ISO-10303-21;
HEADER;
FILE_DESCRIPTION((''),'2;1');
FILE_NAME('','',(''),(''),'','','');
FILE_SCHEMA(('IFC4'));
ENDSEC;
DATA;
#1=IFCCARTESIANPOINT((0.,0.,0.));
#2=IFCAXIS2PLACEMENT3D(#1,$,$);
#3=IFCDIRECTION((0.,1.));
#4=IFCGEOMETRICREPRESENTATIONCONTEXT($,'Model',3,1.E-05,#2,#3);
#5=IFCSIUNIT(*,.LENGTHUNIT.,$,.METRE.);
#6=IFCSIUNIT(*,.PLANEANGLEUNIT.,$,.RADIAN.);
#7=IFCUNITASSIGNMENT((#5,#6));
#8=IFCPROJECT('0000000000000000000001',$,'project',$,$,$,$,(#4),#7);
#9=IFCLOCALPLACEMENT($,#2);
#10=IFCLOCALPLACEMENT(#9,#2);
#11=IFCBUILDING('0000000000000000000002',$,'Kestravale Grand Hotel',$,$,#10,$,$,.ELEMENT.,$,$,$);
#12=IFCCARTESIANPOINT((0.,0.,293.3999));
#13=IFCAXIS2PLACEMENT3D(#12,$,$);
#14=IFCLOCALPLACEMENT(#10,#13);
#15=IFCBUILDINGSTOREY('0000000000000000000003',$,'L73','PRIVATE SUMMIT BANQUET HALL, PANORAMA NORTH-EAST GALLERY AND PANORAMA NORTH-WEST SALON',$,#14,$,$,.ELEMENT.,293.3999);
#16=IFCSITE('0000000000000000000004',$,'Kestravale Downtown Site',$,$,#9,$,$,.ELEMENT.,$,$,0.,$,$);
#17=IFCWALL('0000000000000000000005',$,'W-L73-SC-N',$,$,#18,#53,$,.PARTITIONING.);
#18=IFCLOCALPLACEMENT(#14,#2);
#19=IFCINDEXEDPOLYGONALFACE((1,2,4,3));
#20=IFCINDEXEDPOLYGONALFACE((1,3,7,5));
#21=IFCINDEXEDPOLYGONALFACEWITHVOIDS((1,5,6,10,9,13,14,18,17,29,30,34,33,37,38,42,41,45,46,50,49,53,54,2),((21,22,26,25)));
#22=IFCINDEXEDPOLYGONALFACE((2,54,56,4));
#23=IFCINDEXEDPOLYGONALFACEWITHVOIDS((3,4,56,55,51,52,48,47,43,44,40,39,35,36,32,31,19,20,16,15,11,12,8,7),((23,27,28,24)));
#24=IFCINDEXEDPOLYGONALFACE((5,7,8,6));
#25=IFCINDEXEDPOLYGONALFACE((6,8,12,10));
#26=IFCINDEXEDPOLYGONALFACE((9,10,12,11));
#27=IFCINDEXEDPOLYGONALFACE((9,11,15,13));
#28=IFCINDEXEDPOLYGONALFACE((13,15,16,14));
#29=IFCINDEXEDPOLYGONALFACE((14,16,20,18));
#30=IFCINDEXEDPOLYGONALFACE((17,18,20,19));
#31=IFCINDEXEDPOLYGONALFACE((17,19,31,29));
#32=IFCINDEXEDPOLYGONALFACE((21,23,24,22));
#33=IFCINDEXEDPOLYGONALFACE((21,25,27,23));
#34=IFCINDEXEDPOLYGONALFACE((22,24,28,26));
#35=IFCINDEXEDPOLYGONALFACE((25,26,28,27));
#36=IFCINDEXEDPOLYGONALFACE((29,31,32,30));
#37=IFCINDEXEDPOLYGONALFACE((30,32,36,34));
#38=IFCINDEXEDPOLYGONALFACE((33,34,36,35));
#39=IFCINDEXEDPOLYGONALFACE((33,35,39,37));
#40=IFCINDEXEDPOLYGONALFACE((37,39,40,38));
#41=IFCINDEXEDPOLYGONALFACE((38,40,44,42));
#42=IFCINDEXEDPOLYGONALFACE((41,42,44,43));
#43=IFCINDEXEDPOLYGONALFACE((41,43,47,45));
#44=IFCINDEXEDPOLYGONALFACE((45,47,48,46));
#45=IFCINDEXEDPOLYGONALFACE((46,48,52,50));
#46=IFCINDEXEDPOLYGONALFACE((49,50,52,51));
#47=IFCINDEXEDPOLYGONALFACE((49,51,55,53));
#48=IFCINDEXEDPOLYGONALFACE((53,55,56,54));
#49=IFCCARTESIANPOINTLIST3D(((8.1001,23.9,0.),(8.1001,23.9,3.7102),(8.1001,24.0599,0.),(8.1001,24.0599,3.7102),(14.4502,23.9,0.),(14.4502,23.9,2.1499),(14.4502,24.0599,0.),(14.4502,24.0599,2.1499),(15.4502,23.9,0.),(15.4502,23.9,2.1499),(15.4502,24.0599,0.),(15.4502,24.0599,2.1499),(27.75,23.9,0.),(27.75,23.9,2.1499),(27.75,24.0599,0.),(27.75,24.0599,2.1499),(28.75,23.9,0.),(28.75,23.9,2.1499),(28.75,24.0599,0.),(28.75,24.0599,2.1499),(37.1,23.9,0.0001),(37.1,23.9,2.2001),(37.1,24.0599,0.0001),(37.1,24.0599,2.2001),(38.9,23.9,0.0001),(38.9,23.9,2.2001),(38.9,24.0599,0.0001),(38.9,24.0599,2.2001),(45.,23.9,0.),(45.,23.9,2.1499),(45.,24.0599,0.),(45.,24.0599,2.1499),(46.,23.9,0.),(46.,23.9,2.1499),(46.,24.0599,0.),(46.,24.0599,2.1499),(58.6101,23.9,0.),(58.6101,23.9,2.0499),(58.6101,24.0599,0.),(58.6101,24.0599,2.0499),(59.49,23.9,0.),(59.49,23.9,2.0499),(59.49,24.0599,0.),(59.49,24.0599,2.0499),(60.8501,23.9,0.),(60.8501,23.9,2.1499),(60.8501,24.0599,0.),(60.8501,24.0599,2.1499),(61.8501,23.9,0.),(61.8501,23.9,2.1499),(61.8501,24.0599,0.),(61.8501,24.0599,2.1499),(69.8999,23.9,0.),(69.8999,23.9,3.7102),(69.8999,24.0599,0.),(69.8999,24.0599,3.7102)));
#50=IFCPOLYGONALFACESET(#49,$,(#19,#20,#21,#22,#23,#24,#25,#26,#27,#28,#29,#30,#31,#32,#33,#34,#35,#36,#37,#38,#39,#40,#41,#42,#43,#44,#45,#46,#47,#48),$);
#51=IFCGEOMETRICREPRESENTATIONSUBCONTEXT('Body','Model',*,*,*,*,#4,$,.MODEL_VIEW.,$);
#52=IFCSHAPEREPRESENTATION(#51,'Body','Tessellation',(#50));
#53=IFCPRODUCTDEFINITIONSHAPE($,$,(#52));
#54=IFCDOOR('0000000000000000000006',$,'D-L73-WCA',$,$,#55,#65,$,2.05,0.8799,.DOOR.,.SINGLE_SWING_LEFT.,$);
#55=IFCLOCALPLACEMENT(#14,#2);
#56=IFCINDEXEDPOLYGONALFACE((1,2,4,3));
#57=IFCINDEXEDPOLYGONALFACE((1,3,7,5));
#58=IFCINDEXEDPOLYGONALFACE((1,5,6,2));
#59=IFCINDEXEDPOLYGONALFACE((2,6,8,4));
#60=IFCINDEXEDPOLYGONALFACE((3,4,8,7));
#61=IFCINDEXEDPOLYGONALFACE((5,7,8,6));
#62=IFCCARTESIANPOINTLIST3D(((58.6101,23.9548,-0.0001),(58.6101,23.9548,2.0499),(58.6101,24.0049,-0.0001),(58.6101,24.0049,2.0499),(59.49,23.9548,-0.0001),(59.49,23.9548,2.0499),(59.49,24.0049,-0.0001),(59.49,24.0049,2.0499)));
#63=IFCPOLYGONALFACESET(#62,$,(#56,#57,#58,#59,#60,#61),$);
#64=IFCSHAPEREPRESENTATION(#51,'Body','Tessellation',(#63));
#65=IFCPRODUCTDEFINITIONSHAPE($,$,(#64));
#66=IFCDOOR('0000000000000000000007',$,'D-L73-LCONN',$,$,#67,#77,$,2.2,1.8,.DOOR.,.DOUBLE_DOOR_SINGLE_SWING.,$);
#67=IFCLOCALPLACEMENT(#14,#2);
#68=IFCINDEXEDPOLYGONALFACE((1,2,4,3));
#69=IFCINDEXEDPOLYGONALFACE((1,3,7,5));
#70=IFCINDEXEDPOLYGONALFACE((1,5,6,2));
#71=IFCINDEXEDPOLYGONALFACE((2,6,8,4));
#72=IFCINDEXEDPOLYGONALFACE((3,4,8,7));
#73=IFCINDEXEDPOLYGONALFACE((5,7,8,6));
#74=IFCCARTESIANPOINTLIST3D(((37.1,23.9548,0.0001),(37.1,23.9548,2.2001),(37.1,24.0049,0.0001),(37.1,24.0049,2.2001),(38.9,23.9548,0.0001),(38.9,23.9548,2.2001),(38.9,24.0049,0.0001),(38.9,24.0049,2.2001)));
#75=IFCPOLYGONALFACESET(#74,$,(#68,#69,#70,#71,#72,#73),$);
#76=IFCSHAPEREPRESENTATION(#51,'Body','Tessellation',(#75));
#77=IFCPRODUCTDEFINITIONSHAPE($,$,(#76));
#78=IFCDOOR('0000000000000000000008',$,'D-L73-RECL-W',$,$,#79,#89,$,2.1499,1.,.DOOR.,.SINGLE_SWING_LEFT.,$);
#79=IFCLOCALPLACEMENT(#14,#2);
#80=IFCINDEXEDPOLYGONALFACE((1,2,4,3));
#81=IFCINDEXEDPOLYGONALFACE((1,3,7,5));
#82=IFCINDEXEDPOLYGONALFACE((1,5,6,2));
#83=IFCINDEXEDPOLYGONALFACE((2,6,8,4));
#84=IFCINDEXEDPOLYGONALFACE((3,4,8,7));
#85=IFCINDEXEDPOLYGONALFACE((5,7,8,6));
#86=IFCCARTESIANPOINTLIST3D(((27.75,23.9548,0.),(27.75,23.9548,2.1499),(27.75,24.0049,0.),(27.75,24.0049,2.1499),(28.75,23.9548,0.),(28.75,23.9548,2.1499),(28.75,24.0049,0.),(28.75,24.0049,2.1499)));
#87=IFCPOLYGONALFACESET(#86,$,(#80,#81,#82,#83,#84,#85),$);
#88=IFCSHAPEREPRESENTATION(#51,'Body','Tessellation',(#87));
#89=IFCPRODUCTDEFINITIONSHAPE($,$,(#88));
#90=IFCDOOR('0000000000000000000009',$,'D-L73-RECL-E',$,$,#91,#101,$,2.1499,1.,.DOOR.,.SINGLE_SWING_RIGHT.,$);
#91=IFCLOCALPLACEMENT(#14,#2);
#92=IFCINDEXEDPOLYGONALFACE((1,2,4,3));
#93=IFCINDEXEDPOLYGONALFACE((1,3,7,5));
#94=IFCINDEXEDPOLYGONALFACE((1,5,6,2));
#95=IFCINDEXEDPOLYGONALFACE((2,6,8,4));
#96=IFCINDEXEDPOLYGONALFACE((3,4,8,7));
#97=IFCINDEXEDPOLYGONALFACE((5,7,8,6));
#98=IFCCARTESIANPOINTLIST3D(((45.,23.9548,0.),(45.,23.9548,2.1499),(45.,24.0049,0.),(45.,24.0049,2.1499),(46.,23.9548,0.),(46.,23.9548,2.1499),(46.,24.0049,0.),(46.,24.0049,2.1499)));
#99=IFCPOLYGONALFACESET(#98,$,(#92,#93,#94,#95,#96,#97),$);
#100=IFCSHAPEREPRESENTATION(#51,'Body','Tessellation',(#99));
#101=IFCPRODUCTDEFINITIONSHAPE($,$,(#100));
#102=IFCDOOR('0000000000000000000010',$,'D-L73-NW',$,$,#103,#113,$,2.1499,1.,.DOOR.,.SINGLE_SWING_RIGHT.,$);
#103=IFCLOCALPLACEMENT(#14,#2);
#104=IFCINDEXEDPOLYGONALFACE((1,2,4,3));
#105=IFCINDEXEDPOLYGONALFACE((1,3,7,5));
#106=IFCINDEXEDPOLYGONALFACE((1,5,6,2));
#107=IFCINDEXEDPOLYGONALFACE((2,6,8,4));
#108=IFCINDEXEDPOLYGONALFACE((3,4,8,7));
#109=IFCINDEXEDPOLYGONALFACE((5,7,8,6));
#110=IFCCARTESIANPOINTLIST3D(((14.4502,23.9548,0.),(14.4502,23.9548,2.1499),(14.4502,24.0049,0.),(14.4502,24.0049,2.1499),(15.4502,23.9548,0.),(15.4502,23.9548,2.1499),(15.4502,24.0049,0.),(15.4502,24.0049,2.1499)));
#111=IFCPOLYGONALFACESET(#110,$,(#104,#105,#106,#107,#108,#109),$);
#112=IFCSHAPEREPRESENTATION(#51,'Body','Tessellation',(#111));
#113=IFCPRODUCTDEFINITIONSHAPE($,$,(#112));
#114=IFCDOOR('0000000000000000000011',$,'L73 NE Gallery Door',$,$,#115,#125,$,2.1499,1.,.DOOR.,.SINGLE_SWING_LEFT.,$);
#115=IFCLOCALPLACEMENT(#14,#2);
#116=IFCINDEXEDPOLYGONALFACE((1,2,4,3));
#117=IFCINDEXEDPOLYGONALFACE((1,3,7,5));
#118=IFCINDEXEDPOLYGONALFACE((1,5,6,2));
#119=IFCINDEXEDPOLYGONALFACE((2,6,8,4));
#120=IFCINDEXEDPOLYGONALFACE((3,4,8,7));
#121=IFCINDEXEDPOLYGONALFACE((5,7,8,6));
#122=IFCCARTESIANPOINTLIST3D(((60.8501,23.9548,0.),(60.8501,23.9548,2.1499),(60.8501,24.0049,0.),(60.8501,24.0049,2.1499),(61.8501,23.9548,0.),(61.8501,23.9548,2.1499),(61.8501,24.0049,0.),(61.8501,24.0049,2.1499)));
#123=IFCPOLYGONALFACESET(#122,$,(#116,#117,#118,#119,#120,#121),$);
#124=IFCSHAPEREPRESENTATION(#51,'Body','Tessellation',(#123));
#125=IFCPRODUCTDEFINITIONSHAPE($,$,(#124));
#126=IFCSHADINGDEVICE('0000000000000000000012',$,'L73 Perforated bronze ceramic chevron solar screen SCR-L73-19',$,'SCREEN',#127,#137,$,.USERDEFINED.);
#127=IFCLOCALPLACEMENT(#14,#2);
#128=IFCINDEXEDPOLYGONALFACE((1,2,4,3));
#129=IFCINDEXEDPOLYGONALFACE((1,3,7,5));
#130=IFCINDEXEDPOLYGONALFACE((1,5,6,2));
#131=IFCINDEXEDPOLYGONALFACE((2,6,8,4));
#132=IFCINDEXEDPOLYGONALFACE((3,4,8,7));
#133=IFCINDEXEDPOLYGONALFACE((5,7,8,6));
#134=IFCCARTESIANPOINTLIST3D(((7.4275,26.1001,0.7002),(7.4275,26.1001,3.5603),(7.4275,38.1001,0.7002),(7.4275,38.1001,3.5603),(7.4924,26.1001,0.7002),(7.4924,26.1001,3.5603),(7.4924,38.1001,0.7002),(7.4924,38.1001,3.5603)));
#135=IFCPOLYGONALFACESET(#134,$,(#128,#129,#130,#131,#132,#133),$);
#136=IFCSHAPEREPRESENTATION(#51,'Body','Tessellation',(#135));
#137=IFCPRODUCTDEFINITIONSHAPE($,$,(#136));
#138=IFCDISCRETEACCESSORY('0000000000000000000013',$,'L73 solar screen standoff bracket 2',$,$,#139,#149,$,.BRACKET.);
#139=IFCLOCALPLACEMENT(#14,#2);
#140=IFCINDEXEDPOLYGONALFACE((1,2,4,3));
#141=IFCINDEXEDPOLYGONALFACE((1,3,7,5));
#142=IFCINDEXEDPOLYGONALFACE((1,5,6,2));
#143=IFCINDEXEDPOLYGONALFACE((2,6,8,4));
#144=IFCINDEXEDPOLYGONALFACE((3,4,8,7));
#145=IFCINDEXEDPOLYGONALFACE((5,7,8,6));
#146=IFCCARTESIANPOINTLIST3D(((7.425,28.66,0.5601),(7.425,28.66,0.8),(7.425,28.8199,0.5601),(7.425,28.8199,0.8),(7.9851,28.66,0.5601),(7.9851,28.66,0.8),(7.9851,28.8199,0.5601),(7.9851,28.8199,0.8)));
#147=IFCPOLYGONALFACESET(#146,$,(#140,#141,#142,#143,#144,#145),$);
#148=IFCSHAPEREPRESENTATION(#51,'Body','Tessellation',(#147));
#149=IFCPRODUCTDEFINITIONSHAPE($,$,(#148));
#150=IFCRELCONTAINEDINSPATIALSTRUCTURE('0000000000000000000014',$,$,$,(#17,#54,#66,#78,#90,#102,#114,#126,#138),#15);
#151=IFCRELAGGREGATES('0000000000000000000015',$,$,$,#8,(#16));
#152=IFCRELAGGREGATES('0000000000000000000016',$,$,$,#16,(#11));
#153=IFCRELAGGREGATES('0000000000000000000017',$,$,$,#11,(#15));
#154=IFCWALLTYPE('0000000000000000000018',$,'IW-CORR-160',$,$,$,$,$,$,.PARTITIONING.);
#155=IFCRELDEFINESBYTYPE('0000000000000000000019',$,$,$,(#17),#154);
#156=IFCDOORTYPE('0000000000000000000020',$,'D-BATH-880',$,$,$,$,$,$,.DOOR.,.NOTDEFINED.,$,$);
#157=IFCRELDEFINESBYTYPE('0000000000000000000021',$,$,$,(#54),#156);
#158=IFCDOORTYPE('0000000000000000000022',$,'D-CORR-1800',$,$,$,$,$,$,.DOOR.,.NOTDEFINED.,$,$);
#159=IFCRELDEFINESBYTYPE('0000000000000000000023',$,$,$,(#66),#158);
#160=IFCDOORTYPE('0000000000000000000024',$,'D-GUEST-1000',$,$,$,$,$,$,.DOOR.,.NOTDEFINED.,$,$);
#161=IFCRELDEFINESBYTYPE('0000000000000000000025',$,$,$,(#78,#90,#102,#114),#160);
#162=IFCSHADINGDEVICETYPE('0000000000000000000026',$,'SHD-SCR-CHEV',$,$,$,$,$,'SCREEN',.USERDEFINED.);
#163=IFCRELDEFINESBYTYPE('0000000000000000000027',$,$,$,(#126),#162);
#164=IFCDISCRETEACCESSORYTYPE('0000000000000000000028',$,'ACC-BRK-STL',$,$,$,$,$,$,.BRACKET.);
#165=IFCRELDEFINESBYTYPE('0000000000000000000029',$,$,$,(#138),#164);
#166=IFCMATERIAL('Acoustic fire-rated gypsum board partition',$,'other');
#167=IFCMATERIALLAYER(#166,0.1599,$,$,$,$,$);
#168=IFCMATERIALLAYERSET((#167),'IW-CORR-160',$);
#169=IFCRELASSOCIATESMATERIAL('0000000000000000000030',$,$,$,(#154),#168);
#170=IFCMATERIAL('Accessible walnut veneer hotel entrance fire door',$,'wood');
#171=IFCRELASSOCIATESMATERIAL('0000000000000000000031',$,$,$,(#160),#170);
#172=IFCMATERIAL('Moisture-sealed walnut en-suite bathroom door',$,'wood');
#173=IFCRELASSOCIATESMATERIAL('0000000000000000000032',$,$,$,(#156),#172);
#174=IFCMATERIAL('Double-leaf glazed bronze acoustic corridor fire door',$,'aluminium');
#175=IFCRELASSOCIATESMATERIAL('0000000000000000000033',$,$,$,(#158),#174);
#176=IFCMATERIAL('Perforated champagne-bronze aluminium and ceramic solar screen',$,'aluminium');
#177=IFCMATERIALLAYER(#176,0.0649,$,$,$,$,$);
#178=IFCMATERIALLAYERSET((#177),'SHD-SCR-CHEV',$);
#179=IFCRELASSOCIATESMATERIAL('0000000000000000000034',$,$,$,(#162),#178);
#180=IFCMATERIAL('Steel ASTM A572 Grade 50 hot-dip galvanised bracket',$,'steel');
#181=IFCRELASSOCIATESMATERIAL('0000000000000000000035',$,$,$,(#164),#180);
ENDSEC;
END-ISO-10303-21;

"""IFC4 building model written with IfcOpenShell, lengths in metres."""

from ifc_helpers import new_model, si_unit, direction, frame, frame_2d, origin, origin_2d, place, context, subcontext, project, spatial, rectangle, extrude, material, layer, layer_set, type_object, element, fill, save


model = new_model("IFC4")

# Units and contexts
model_context = context("Model", 3, precision=1e-05, world=origin(), true_north=direction((0.0, 1.0)))
body_context = subcontext(model_context, "Body", "Model", "MODEL_VIEW")
ifc_project = project(units=[si_unit("LENGTHUNIT", "METRE"), si_unit("PLANEANGLEUNIT", "RADIAN")], contexts=[model_context])

# Site, building, storey
site_placement = place(None, origin())
site = spatial("IfcSite", under=ifc_project, at=site_placement, Name="Kestravale Downtown Site", CompositionType="ELEMENT", RefElevation=0.0)
building_placement = place(site_placement, origin())
building = spatial("IfcBuilding", under=site, at=building_placement, Name="Kestravale Grand Hotel", CompositionType="ELEMENT")
storey_placement = place(building_placement, frame((0.0, 0.0, 293.3999)))
storey = spatial("IfcBuildingStorey", under=building, at=storey_placement, Name="L73", Description="PRIVATE SUMMIT BANQUET HALL, PANORAMA NORTH-EAST GALLERY AND PANORAMA NORTH-WEST SALON", CompositionType="ELEMENT", Elevation=293.3999)

# Wall, openings, doors
ifc_material_1 = material(Name="Acoustic fire-rated gypsum board partition", Category="other")
ifc_layer_1 = layer(ifc_material_1, 0.1599)
ifc_layer_set_1 = layer_set([ifc_layer_1], Name="IW-CORR-160")
wall_type_1 = type_object("IfcWallType", Name="IW-CORR-160", PredefinedType="PARTITIONING", material=ifc_layer_set_1)
ifc_material_2 = material(Name="Accessible walnut veneer hotel entrance fire door", Category="wood")
door_type_1 = type_object("IfcDoorType", Name="D-GUEST-1000", OperationType="NOTDEFINED", PredefinedType="DOOR", material=ifc_material_2)
wall_1_placement = place(storey_placement, frame((8.1001, 23.98, 0.0), z_axis=(0.0, 0.0, 1.0), x_axis=(1.0, 0.0, 0.0)))
wall_1 = element("IfcWall", 1, at=wall_1_placement, inside=storey, type_object=wall_type_1, Name="W-L73-SC-N", PredefinedType="PARTITIONING", context=body_context, shape_type="SweptSolid", body=[
    extrude(rectangle(XDim=61.7998, YDim=0.1599, at=frame_2d((30.8999, 0.0))), origin(), (0.0, 0.0, 1.0), 3.7102),
])
opening_1_placement = place(wall_1_placement, frame((29.0, 0.0, 0.0)))
opening_1 = element("IfcOpeningElement", 2, at=opening_1_placement, cuts=wall_1, PredefinedType="OPENING", context=body_context, shape_type="SweptSolid", body=[
    extrude(rectangle(XDim=1.8, YDim=2.2, at=frame_2d((0.8999, 1.1001))), frame((0.0, 0.0898, 0.0), z_axis=(0.0, -1.0, 0.0), x_axis=(1.0, 0.0, 0.0)), (0.0, 0.0, 1.0), 0.1799),
])
opening_2_placement = place(wall_1_placement, frame((19.6499, 0.0, 0.0)))
opening_2 = element("IfcOpeningElement", 3, at=opening_2_placement, cuts=wall_1, PredefinedType="OPENING", context=body_context, shape_type="SweptSolid", body=[
    extrude(rectangle(XDim=1.0, YDim=2.1499, at=frame_2d((0.5, 1.075))), frame((0.0, 0.0898, 0.0), z_axis=(0.0, -1.0, 0.0), x_axis=(1.0, 0.0, 0.0)), (0.0, 0.0, 1.0), 0.1799),
])
opening_3_placement = place(wall_1_placement, frame((36.8999, 0.0, 0.0)))
opening_3 = element("IfcOpeningElement", 4, at=opening_3_placement, cuts=wall_1, PredefinedType="OPENING", context=body_context, shape_type="SweptSolid", body=[
    extrude(rectangle(XDim=1.0, YDim=2.1499, at=frame_2d((0.5, 1.075))), frame((0.0, 0.0898, 0.0), z_axis=(0.0, -1.0, 0.0), x_axis=(1.0, 0.0, 0.0)), (0.0, 0.0, 1.0), 0.1799),
])
opening_4_placement = place(wall_1_placement, frame((6.3501, 0.0, 0.0)))
opening_4 = element("IfcOpeningElement", 5, at=opening_4_placement, cuts=wall_1, PredefinedType="OPENING", context=body_context, shape_type="SweptSolid", body=[
    extrude(rectangle(XDim=1.0, YDim=2.1499, at=frame_2d((0.5, 1.075))), frame((0.0, 0.0898, 0.0), z_axis=(0.0, -1.0, 0.0), x_axis=(1.0, 0.0, 0.0)), (0.0, 0.0, 1.0), 0.1799),
])
opening_5_placement = place(wall_1_placement, frame((50.51, 0.0, 0.0)))
opening_5 = element("IfcOpeningElement", 6, at=opening_5_placement, cuts=wall_1, PredefinedType="OPENING", context=body_context, shape_type="SweptSolid", body=[
    extrude(rectangle(XDim=0.8799, YDim=2.05, at=frame_2d((0.4399, 1.0249))), frame((0.0, 0.0898, 0.0), z_axis=(0.0, -1.0, 0.0), x_axis=(1.0, 0.0, 0.0)), (0.0, 0.0, 1.0), 0.1799),
])
opening_6_placement = place(wall_1_placement, frame((52.75, 0.0, 0.0)))
opening_6 = element("IfcOpeningElement", 7, at=opening_6_placement, cuts=wall_1, PredefinedType="OPENING", context=body_context, shape_type="SweptSolid", body=[
    extrude(rectangle(XDim=1.0, YDim=2.1499, at=frame_2d((0.5, 1.075))), frame((0.0, 0.0898, 0.0), z_axis=(0.0, -1.0, 0.0), x_axis=(1.0, 0.0, 0.0)), (0.0, 0.0, 1.0), 0.1799),
])
ifc_material_3 = material(Name="Moisture-sealed walnut en-suite bathroom door", Category="wood")
door_type_2 = type_object("IfcDoorType", Name="D-BATH-880", OperationType="NOTDEFINED", PredefinedType="DOOR", material=ifc_material_3)
door_1_placement = place(opening_5_placement, origin())
door_1 = element("IfcDoor", 8, at=door_1_placement, inside=storey, type_object=door_type_2, Name="D-L73-WCA", OperationType="SINGLE_SWING_LEFT", OverallHeight=2.05, OverallWidth=0.8799, PredefinedType="DOOR", context=body_context, shape_type="SweptSolid", body=[
    extrude(rectangle(XDim=0.8799, YDim=2.05, at=frame_2d((0.4399, 1.0249))), frame((0.0, 0.0249, 0.0), z_axis=(0.0, -1.0, 0.0), x_axis=(1.0, 0.0, 0.0)), (0.0, 0.0, 1.0), 0.05),
])
fill(opening_5, door_1)
ifc_material_4 = material(Name="Double-leaf glazed bronze acoustic corridor fire door", Category="aluminium")
door_type_3 = type_object("IfcDoorType", Name="D-CORR-1800", OperationType="NOTDEFINED", PredefinedType="DOOR", material=ifc_material_4)
door_2_placement = place(opening_1_placement, origin())
door_2 = element("IfcDoor", 9, at=door_2_placement, inside=storey, type_object=door_type_3, Name="D-L73-LCONN", OperationType="DOUBLE_DOOR_SINGLE_SWING", OverallHeight=2.2, OverallWidth=1.8, PredefinedType="DOOR", context=body_context, shape_type="SweptSolid", body=[
    extrude(rectangle(XDim=1.8, YDim=2.2, at=frame_2d((0.8999, 1.1001))), frame((0.0, 0.0249, 0.0), z_axis=(0.0, -1.0, 0.0), x_axis=(1.0, 0.0, 0.0)), (0.0, 0.0, 1.0), 0.05),
])
fill(opening_1, door_2)
door_3_placement = place(opening_2_placement, origin())
door_3 = element("IfcDoor", 10, at=door_3_placement, inside=storey, type_object=door_type_1, Name="D-L73-RECL-W", OperationType="SINGLE_SWING_LEFT", OverallHeight=2.1499, OverallWidth=1.0, PredefinedType="DOOR", context=body_context, shape_type="SweptSolid", body=[
    extrude(rectangle(XDim=1.0, YDim=2.1499, at=frame_2d((0.5, 1.075))), frame((0.0, 0.0249, 0.0), z_axis=(0.0, -1.0, 0.0), x_axis=(1.0, 0.0, 0.0)), (0.0, 0.0, 1.0), 0.05),
])
fill(opening_2, door_3)
door_4_placement = place(opening_3_placement, origin())
door_4 = element("IfcDoor", 11, at=door_4_placement, inside=storey, type_object=door_type_1, Name="D-L73-RECL-E", OperationType="SINGLE_SWING_RIGHT", OverallHeight=2.1499, OverallWidth=1.0, PredefinedType="DOOR", context=body_context, shape_type="SweptSolid", body=[
    extrude(rectangle(XDim=1.0, YDim=2.1499, at=frame_2d((0.5, 1.075))), frame((0.0, 0.0249, 0.0), z_axis=(0.0, -1.0, 0.0), x_axis=(1.0, 0.0, 0.0)), (0.0, 0.0, 1.0), 0.05),
])
fill(opening_3, door_4)
door_5_placement = place(opening_4_placement, origin())
door_5 = element("IfcDoor", 12, at=door_5_placement, inside=storey, type_object=door_type_1, Name="D-L73-NW", OperationType="SINGLE_SWING_RIGHT", OverallHeight=2.1499, OverallWidth=1.0, PredefinedType="DOOR", context=body_context, shape_type="SweptSolid", body=[
    extrude(rectangle(XDim=1.0, YDim=2.1499, at=frame_2d((0.5, 1.075))), frame((0.0, 0.0249, 0.0), z_axis=(0.0, -1.0, 0.0), x_axis=(1.0, 0.0, 0.0)), (0.0, 0.0, 1.0), 0.05),
])
fill(opening_4, door_5)
door_6_placement = place(opening_6_placement, origin())
door_6 = element("IfcDoor", 13, at=door_6_placement, inside=storey, type_object=door_type_1, Name="L73 NE Gallery Door", OperationType="SINGLE_SWING_LEFT", OverallHeight=2.1499, OverallWidth=1.0, PredefinedType="DOOR", context=body_context, shape_type="SweptSolid", body=[
    extrude(rectangle(XDim=1.0, YDim=2.1499, at=frame_2d((0.5, 1.075))), frame((0.0, 0.0249, 0.0), z_axis=(0.0, -1.0, 0.0), x_axis=(1.0, 0.0, 0.0)), (0.0, 0.0, 1.0), 0.05),
])
fill(opening_6, door_6)

# Shading device
ifc_material_5 = material(Name="Perforated champagne-bronze aluminium and ceramic solar screen", Category="aluminium")
ifc_layer_2 = layer(ifc_material_5, 0.0649)
ifc_layer_set_2 = layer_set([ifc_layer_2], Name="SHD-SCR-CHEV")
shading_device_type = type_object("IfcShadingDeviceType", Name="SHD-SCR-CHEV", ElementType="SCREEN", PredefinedType="USERDEFINED", material=ifc_layer_set_2)
shading_device_placement = place(storey_placement, frame((7.46, 32.1001, 0.7002), z_axis=(0.0, 0.0, 1.0), x_axis=(0.0, -1.0, 0.0)))
element("IfcShadingDevice", 14, at=shading_device_placement, inside=storey, type_object=shading_device_type, Name="L73 Perforated bronze ceramic chevron solar screen SCR-L73-19", ObjectType="SCREEN", PredefinedType="USERDEFINED", context=body_context, shape_type="SweptSolid", body=[
    extrude(rectangle(XDim=12.0, YDim=0.0649, at=origin_2d()), origin(), (0.0, 0.0, 1.0), 2.8601),
])

# Discrete accessory
ifc_material_6 = material(Name="Steel ASTM A572 Grade 50 hot-dip galvanised bracket", Category="steel")
discrete_accessory_type = type_object("IfcDiscreteAccessoryType", Name="ACC-BRK-STL", PredefinedType="BRACKET", material=ifc_material_6)
discrete_accessory_placement = place(storey_placement, frame((7.7051, 28.74, 0.5601), z_axis=(0.0, 0.0, 1.0), x_axis=(0.0, -1.0, 0.0)))
element("IfcDiscreteAccessory", 15, at=discrete_accessory_placement, inside=storey, type_object=discrete_accessory_type, Name="L73 solar screen standoff bracket 2", PredefinedType="BRACKET", context=body_context, shape_type="SweptSolid", body=[
    extrude(rectangle(XDim=0.1599, YDim=0.5601, at=origin_2d()), origin(), (0.0, 0.0, 1.0), 0.24),
])

save(model, "model.ifc")
